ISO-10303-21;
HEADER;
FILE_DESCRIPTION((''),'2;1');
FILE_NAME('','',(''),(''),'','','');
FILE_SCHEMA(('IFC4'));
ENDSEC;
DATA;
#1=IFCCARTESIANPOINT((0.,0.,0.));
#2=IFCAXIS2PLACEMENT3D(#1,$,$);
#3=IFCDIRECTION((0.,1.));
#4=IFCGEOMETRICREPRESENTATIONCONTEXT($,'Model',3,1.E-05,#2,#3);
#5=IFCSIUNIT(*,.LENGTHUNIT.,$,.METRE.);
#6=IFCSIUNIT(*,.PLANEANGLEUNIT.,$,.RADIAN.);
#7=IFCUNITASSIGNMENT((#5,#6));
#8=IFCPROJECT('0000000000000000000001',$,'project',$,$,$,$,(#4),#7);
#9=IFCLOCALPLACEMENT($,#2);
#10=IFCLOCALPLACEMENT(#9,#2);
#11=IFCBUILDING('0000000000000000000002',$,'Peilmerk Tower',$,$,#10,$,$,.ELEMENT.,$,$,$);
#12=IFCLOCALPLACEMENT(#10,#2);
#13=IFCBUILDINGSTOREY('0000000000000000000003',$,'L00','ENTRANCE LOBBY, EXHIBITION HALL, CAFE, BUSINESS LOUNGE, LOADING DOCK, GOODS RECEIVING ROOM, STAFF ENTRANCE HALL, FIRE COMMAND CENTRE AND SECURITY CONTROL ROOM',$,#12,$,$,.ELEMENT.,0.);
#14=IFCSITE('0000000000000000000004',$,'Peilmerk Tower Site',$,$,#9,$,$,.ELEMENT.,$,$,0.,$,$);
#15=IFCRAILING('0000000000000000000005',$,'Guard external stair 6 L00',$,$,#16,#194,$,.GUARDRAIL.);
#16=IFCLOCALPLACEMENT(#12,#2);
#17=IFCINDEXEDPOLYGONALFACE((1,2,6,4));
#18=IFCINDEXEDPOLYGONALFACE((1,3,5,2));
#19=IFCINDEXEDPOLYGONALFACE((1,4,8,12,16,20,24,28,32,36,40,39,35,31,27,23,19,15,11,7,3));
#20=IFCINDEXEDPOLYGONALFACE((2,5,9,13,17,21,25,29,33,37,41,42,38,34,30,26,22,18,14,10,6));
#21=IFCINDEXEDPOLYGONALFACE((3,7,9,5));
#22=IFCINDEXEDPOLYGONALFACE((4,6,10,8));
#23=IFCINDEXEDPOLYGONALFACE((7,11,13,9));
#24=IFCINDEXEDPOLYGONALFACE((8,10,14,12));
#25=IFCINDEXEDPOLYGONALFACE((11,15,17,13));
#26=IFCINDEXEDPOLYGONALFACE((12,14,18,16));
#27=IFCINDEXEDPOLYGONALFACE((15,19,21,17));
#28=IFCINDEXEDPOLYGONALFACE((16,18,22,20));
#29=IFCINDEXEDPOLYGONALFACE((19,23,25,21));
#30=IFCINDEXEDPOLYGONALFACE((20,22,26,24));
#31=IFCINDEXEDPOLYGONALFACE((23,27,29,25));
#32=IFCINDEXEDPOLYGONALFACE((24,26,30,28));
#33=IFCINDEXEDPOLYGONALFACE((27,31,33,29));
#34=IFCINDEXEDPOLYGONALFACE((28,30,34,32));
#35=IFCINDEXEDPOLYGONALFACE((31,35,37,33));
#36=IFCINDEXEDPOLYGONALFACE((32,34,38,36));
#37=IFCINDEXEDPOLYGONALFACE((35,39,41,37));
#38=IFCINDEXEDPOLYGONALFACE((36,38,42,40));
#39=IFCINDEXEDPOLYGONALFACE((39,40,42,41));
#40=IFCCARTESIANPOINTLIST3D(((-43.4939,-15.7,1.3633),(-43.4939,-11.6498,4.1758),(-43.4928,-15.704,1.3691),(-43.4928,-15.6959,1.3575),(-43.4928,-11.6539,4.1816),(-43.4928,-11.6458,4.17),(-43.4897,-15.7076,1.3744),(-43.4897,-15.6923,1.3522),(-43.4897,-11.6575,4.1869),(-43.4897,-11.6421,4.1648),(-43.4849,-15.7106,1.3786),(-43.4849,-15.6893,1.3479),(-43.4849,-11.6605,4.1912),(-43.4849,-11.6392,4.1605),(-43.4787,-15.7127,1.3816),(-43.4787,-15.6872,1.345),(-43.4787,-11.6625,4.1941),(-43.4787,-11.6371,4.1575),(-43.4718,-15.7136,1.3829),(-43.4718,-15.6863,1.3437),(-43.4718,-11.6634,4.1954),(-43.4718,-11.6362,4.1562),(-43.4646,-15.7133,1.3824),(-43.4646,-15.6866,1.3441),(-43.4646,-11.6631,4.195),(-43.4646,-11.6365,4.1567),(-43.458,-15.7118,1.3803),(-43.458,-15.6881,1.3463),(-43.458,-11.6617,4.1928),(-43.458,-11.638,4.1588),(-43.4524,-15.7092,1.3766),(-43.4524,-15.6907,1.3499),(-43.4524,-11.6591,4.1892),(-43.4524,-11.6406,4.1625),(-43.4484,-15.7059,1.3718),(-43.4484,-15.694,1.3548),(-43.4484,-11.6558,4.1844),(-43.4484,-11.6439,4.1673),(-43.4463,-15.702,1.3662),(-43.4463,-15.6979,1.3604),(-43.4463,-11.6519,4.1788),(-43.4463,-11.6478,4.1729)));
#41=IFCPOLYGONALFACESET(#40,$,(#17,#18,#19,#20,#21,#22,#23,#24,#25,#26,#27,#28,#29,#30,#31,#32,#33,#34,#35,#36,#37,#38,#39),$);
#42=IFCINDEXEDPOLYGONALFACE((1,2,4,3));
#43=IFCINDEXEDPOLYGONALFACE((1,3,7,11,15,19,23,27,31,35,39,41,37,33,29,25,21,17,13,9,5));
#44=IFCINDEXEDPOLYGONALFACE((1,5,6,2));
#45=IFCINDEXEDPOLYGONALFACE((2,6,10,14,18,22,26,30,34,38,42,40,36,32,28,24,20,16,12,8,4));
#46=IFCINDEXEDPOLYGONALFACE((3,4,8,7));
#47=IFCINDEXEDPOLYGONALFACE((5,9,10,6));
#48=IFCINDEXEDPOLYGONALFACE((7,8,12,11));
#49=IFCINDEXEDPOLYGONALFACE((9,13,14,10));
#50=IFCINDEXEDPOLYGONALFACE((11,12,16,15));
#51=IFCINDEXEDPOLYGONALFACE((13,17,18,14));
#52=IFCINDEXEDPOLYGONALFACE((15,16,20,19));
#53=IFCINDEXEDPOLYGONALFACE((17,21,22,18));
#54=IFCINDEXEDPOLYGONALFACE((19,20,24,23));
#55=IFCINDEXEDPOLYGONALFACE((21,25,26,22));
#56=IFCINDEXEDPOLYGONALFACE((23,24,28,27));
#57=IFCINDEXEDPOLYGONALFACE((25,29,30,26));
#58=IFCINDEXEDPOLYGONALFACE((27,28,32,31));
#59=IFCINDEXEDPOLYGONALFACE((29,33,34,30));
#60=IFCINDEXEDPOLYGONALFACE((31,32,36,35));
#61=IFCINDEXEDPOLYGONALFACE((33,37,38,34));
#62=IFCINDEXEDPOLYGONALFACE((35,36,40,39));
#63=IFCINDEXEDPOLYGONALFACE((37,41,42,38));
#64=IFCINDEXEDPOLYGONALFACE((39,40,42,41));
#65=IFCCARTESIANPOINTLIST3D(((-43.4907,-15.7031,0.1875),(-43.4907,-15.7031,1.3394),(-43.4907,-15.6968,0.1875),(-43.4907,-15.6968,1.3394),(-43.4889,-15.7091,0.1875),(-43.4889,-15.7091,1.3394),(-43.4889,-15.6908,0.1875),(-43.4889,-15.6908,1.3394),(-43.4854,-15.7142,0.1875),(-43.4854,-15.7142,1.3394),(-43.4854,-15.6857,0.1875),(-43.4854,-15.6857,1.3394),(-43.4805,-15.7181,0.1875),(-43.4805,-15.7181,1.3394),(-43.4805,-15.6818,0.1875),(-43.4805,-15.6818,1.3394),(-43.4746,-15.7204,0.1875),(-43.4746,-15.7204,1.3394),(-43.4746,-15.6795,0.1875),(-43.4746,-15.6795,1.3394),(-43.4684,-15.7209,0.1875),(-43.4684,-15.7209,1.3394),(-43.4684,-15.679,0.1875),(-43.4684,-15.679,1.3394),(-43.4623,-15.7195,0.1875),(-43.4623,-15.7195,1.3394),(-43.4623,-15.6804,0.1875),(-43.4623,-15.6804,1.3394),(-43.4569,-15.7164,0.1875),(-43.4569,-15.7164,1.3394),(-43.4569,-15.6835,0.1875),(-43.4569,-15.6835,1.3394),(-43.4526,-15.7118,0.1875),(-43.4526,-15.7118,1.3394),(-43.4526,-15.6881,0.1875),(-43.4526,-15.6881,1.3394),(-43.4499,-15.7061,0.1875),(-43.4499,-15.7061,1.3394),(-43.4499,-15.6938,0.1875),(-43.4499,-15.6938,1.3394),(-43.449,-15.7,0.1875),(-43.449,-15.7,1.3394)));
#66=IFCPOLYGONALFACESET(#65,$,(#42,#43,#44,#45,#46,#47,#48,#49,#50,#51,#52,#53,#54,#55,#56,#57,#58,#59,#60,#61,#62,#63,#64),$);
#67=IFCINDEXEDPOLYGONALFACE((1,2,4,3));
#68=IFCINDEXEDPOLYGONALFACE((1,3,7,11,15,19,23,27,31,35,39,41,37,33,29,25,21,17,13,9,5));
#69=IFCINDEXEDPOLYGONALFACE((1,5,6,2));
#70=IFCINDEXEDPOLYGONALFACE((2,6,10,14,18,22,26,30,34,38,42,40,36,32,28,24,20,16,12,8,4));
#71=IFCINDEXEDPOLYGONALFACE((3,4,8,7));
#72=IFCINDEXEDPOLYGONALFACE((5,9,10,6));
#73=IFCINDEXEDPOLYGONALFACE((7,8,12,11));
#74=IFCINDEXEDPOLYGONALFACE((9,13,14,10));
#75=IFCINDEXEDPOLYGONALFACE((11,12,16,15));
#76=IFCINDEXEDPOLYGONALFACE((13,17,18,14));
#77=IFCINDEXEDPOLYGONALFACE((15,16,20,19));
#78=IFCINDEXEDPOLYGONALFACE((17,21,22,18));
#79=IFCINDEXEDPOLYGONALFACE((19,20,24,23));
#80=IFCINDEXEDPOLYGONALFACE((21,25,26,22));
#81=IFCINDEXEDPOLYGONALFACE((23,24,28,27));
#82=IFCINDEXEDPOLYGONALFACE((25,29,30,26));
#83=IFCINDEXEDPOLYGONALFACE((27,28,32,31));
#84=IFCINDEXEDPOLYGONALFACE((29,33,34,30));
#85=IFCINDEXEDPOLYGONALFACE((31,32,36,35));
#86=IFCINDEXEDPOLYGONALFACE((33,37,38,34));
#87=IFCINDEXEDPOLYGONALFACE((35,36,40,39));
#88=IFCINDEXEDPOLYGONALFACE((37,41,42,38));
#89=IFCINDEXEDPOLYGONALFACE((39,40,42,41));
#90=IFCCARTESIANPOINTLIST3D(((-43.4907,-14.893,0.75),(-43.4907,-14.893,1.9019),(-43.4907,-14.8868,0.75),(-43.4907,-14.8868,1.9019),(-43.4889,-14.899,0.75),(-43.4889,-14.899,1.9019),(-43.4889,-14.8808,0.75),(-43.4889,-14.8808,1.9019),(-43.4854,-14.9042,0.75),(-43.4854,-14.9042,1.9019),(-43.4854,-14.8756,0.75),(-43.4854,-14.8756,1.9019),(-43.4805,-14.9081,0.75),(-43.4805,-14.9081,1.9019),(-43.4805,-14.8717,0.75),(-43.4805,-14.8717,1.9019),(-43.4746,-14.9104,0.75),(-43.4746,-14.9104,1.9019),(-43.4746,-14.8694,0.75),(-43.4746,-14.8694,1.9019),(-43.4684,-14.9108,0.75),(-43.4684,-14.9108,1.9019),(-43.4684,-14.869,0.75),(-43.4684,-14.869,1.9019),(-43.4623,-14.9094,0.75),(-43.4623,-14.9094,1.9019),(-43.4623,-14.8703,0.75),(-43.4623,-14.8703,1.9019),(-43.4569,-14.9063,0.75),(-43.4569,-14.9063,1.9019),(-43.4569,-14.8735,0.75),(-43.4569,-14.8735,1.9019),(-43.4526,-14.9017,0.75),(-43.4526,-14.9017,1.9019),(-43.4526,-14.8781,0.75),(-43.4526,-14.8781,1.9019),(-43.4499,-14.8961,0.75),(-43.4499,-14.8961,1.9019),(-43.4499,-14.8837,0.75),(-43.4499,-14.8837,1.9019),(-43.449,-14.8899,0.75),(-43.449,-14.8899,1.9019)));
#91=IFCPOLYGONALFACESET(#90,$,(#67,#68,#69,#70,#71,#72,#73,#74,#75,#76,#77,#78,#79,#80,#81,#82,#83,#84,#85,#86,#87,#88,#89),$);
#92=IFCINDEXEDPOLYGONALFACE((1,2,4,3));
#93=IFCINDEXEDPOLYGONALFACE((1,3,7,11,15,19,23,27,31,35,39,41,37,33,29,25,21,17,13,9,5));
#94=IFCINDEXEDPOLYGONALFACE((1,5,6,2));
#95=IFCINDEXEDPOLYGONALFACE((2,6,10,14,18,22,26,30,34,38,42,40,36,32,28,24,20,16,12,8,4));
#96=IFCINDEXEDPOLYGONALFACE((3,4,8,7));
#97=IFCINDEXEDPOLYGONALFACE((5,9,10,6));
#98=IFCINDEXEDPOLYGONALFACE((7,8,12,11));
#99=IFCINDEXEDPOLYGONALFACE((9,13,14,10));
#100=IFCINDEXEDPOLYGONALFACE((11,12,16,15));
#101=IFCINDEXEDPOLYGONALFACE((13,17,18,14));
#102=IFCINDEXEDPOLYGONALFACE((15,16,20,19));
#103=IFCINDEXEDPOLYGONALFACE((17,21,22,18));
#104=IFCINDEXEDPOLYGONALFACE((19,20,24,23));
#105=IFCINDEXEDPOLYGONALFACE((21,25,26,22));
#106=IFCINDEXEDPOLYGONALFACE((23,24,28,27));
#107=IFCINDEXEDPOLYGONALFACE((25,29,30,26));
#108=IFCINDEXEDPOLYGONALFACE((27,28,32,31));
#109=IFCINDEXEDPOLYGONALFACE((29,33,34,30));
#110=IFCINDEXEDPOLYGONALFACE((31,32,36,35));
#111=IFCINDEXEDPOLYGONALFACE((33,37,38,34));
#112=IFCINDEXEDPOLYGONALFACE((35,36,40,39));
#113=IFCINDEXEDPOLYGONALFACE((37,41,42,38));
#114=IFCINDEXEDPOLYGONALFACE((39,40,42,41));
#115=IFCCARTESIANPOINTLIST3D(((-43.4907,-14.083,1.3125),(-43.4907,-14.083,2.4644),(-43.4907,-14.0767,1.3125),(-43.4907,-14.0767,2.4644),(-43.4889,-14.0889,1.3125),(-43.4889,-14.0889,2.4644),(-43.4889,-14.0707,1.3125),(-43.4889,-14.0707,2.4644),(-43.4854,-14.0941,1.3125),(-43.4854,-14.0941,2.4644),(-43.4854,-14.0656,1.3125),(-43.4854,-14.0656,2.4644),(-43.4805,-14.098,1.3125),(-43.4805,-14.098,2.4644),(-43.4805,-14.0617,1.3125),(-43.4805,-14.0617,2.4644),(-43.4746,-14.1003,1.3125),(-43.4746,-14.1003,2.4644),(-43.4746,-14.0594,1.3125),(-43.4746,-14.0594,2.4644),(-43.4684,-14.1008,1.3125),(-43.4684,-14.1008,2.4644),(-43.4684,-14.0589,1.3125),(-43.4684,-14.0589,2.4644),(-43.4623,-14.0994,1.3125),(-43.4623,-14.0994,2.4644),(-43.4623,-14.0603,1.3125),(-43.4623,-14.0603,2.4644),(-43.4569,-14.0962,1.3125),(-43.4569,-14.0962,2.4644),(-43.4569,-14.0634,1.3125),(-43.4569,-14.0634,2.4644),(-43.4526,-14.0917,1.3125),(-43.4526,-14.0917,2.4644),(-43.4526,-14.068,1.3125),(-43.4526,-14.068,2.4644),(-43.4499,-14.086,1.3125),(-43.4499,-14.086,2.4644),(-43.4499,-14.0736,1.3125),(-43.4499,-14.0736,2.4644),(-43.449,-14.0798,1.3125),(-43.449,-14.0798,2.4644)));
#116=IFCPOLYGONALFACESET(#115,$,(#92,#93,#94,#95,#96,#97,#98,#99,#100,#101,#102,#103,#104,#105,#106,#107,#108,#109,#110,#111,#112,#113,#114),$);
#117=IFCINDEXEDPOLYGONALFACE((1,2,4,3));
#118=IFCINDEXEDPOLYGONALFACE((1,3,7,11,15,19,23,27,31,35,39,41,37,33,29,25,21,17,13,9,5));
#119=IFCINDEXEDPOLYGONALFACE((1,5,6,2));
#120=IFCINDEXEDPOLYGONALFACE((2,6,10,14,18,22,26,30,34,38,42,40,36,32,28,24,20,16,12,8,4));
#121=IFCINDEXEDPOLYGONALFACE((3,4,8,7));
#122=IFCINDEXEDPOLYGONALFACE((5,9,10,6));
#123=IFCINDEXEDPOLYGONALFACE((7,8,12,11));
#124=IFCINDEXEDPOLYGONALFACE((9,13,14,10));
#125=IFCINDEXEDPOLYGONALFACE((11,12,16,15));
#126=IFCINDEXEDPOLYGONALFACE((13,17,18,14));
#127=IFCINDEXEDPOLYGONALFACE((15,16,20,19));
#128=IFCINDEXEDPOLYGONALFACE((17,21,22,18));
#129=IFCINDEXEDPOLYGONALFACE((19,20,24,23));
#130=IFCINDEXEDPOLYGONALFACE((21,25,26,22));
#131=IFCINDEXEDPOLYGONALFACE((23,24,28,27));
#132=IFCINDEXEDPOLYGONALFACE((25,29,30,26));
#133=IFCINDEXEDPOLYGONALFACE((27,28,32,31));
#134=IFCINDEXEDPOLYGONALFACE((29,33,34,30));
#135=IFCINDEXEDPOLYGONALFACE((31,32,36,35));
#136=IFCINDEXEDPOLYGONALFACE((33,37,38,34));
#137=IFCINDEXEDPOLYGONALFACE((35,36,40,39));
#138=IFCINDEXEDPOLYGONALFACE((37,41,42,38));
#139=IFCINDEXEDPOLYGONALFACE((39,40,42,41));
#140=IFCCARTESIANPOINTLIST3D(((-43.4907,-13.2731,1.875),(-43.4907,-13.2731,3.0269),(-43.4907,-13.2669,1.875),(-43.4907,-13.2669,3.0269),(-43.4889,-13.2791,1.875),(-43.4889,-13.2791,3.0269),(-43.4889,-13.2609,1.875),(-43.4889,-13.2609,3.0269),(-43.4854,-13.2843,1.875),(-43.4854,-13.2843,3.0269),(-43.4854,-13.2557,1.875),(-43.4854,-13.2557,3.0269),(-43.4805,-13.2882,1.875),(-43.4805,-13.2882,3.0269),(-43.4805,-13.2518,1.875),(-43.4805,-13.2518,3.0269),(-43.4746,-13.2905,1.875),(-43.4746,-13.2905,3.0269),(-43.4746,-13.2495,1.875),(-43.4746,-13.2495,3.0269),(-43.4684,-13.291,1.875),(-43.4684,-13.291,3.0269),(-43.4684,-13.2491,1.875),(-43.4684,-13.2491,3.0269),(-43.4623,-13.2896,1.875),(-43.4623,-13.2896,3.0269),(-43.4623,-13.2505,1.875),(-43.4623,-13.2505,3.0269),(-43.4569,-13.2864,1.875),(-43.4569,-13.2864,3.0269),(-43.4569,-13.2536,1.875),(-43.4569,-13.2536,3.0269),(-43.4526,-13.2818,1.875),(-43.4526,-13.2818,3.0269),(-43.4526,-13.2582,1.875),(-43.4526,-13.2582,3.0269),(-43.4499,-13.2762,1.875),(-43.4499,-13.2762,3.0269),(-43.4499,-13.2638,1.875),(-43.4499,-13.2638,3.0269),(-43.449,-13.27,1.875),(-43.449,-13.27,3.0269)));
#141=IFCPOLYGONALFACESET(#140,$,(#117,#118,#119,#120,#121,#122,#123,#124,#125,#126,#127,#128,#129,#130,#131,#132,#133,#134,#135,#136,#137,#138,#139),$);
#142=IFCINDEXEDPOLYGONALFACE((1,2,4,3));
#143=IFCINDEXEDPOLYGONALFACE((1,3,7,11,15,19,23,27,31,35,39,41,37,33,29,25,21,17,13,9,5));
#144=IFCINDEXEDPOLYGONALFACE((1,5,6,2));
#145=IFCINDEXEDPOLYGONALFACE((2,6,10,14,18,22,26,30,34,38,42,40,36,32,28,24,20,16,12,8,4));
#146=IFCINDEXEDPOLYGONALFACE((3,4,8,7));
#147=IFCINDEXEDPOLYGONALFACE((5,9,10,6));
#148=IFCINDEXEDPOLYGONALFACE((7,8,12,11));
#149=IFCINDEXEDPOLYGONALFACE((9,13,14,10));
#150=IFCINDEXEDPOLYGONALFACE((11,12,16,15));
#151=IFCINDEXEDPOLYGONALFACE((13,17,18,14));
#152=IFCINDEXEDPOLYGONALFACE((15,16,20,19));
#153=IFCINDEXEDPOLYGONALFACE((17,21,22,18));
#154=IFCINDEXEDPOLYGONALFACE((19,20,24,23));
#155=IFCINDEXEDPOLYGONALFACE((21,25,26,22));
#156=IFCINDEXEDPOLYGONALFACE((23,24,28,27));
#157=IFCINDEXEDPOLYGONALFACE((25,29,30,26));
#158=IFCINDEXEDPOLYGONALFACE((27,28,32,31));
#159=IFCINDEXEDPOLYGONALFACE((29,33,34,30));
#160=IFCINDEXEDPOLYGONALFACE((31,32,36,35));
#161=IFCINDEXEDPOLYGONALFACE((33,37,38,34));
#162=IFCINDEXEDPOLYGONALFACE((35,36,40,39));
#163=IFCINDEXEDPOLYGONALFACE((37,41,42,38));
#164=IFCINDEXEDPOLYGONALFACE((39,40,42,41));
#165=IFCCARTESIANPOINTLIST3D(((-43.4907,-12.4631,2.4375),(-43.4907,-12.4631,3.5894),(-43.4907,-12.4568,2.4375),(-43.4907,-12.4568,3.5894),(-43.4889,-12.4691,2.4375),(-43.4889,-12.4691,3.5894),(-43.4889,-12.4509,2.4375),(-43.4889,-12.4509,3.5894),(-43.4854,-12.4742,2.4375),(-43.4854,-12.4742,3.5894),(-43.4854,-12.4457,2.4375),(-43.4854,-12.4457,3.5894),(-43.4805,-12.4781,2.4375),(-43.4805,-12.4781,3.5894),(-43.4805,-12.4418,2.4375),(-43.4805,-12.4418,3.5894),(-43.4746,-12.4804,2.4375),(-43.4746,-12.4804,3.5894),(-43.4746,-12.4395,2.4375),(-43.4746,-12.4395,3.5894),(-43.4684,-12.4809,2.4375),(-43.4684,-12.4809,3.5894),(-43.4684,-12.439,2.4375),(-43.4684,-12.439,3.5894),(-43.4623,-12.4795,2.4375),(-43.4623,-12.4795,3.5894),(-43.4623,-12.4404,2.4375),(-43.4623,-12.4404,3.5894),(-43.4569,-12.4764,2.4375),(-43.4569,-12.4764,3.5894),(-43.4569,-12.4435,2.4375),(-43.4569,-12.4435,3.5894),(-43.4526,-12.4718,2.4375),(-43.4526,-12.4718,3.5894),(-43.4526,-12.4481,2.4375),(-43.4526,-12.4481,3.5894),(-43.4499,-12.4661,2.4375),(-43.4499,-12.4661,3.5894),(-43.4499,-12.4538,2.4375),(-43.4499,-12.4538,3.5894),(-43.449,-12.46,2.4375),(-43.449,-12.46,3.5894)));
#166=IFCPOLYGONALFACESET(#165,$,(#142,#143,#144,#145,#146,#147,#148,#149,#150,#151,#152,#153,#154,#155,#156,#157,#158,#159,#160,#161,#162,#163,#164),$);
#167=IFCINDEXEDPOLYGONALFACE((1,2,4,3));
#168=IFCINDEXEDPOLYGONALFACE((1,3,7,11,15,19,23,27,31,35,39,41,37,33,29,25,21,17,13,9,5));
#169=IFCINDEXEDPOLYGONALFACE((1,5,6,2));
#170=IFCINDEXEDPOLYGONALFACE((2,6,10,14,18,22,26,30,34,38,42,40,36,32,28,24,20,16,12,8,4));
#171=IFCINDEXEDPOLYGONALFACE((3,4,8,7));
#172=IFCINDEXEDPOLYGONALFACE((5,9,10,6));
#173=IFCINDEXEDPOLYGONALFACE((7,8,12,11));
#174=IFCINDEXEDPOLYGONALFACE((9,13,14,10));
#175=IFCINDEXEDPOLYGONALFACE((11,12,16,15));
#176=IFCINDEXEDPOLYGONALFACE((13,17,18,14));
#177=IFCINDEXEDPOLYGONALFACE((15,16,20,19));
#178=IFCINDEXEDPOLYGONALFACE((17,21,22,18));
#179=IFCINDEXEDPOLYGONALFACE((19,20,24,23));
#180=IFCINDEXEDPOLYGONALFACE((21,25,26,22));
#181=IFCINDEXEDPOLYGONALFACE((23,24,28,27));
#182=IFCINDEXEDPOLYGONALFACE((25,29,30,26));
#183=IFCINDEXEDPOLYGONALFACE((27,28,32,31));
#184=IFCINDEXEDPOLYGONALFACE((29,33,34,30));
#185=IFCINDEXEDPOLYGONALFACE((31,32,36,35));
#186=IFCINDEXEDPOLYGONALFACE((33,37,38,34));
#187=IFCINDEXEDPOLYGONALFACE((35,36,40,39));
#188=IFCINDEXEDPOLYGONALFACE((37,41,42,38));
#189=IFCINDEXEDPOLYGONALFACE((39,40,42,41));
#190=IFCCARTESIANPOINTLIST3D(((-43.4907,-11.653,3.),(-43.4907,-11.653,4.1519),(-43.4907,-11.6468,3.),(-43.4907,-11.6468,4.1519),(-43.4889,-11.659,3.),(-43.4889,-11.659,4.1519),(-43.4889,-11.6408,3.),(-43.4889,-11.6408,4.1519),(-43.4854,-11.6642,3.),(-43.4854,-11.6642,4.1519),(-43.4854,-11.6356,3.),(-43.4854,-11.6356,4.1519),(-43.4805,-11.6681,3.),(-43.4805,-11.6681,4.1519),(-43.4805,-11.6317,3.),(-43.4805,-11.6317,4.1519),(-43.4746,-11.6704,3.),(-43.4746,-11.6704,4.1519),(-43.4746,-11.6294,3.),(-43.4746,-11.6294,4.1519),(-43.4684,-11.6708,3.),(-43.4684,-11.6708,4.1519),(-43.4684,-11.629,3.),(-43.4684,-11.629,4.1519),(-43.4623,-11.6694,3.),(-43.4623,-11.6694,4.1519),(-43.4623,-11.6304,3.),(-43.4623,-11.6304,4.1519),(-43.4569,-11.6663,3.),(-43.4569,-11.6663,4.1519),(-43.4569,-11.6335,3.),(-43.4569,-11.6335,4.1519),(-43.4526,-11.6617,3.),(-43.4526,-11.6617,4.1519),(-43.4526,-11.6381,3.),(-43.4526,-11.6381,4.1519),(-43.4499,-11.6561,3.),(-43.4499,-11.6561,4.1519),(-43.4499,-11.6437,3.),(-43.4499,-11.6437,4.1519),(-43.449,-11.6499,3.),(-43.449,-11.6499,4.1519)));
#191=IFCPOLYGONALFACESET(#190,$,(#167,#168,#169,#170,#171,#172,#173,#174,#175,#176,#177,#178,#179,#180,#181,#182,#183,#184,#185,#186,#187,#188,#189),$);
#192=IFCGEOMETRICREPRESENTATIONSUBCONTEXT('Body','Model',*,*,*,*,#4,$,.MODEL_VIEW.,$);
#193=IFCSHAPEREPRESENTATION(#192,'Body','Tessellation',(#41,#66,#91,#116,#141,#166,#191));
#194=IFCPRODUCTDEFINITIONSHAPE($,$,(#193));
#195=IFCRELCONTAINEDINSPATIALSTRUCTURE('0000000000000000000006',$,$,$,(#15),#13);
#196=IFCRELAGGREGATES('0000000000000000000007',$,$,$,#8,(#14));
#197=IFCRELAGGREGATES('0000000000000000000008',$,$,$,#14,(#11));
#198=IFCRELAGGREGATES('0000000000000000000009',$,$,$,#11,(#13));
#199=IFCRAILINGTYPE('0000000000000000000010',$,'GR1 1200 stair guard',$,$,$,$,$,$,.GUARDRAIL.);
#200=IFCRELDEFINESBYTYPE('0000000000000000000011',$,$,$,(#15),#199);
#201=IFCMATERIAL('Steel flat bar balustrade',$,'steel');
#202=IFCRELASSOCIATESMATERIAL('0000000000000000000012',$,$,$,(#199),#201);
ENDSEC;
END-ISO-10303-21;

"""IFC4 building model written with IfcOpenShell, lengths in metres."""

from ifc_helpers import new_model, si_unit, direction, frame, origin, origin_2d, place, context, subcontext, project, spatial, circle, extrude, material, type_object, element, save


model = new_model("IFC4")

# Units and contexts
model_context = context("Model", 3, precision=1e-05, world=origin(), true_north=direction((0.0, 1.0)))
body_context = subcontext(model_context, "Body", "Model", "MODEL_VIEW")
ifc_project = project(units=[si_unit("LENGTHUNIT", "METRE"), si_unit("PLANEANGLEUNIT", "RADIAN")], contexts=[model_context])

# Site, building, storey
site_placement = place(None, origin())
site = spatial("IfcSite", under=ifc_project, at=site_placement, Name="Peilmerk Tower Site", CompositionType="ELEMENT", RefElevation=0.0)
building_placement = place(site_placement, origin())
building = spatial("IfcBuilding", under=site, at=building_placement, Name="Peilmerk Tower", CompositionType="ELEMENT")
storey_placement = place(building_placement, origin())
storey = spatial("IfcBuildingStorey", under=building, at=storey_placement, Name="L00", Description="ENTRANCE LOBBY, EXHIBITION HALL, CAFE, BUSINESS LOUNGE, LOADING DOCK, GOODS RECEIVING ROOM, STAFF ENTRANCE HALL, FIRE COMMAND CENTRE AND SECURITY CONTROL ROOM", CompositionType="ELEMENT", Elevation=0.0)

# Railing
ifc_material_1 = material(Name="Steel flat bar balustrade", Category="steel")
railing_type = type_object("IfcRailingType", Name="GR1 1200 stair guard", PredefinedType="GUARDRAIL", material=ifc_material_1)
railing_placement = place(storey_placement, frame((-43.47, -15.7, 0.1875)))
element("IfcRailing", 1, at=railing_placement, inside=storey, type_object=railing_type, Name="Guard external stair 6 L00", PredefinedType="GUARDRAIL", context=body_context, shape_type="SweptSolid", body=[
    extrude(circle(Radius=0.0239, at=origin_2d()), frame((0.0, 0.0, 1.1758), z_axis=(0.0, 0.821373, 0.570391), x_axis=(-1.0, 0.0, 0.0)), (0.0, 0.0, 1.0), 4.9309),
    extrude(circle(Radius=0.021, at=origin_2d()), origin(), (0.0, 0.0, 1.0), 1.1519),
    extrude(circle(Radius=0.021, at=origin_2d()), frame((0.0, 0.8101, 0.5625)), (0.0, 0.0, 1.0), 1.1519),
    extrude(circle(Radius=0.021, at=origin_2d()), frame((0.0, 1.6201, 1.125)), (0.0, 0.0, 1.0), 1.1519),
    extrude(circle(Radius=0.021, at=origin_2d()), frame((0.0, 2.4299, 1.6875)), (0.0, 0.0, 1.0), 1.1519),
    extrude(circle(Radius=0.021, at=origin_2d()), frame((0.0, 3.24, 2.25)), (0.0, 0.0, 1.0), 1.1519),
    extrude(circle(Radius=0.021, at=origin_2d()), frame((0.0, 4.05, 2.8125)), (0.0, 0.0, 1.0), 1.1519),
])

save(model, "model.ifc")
